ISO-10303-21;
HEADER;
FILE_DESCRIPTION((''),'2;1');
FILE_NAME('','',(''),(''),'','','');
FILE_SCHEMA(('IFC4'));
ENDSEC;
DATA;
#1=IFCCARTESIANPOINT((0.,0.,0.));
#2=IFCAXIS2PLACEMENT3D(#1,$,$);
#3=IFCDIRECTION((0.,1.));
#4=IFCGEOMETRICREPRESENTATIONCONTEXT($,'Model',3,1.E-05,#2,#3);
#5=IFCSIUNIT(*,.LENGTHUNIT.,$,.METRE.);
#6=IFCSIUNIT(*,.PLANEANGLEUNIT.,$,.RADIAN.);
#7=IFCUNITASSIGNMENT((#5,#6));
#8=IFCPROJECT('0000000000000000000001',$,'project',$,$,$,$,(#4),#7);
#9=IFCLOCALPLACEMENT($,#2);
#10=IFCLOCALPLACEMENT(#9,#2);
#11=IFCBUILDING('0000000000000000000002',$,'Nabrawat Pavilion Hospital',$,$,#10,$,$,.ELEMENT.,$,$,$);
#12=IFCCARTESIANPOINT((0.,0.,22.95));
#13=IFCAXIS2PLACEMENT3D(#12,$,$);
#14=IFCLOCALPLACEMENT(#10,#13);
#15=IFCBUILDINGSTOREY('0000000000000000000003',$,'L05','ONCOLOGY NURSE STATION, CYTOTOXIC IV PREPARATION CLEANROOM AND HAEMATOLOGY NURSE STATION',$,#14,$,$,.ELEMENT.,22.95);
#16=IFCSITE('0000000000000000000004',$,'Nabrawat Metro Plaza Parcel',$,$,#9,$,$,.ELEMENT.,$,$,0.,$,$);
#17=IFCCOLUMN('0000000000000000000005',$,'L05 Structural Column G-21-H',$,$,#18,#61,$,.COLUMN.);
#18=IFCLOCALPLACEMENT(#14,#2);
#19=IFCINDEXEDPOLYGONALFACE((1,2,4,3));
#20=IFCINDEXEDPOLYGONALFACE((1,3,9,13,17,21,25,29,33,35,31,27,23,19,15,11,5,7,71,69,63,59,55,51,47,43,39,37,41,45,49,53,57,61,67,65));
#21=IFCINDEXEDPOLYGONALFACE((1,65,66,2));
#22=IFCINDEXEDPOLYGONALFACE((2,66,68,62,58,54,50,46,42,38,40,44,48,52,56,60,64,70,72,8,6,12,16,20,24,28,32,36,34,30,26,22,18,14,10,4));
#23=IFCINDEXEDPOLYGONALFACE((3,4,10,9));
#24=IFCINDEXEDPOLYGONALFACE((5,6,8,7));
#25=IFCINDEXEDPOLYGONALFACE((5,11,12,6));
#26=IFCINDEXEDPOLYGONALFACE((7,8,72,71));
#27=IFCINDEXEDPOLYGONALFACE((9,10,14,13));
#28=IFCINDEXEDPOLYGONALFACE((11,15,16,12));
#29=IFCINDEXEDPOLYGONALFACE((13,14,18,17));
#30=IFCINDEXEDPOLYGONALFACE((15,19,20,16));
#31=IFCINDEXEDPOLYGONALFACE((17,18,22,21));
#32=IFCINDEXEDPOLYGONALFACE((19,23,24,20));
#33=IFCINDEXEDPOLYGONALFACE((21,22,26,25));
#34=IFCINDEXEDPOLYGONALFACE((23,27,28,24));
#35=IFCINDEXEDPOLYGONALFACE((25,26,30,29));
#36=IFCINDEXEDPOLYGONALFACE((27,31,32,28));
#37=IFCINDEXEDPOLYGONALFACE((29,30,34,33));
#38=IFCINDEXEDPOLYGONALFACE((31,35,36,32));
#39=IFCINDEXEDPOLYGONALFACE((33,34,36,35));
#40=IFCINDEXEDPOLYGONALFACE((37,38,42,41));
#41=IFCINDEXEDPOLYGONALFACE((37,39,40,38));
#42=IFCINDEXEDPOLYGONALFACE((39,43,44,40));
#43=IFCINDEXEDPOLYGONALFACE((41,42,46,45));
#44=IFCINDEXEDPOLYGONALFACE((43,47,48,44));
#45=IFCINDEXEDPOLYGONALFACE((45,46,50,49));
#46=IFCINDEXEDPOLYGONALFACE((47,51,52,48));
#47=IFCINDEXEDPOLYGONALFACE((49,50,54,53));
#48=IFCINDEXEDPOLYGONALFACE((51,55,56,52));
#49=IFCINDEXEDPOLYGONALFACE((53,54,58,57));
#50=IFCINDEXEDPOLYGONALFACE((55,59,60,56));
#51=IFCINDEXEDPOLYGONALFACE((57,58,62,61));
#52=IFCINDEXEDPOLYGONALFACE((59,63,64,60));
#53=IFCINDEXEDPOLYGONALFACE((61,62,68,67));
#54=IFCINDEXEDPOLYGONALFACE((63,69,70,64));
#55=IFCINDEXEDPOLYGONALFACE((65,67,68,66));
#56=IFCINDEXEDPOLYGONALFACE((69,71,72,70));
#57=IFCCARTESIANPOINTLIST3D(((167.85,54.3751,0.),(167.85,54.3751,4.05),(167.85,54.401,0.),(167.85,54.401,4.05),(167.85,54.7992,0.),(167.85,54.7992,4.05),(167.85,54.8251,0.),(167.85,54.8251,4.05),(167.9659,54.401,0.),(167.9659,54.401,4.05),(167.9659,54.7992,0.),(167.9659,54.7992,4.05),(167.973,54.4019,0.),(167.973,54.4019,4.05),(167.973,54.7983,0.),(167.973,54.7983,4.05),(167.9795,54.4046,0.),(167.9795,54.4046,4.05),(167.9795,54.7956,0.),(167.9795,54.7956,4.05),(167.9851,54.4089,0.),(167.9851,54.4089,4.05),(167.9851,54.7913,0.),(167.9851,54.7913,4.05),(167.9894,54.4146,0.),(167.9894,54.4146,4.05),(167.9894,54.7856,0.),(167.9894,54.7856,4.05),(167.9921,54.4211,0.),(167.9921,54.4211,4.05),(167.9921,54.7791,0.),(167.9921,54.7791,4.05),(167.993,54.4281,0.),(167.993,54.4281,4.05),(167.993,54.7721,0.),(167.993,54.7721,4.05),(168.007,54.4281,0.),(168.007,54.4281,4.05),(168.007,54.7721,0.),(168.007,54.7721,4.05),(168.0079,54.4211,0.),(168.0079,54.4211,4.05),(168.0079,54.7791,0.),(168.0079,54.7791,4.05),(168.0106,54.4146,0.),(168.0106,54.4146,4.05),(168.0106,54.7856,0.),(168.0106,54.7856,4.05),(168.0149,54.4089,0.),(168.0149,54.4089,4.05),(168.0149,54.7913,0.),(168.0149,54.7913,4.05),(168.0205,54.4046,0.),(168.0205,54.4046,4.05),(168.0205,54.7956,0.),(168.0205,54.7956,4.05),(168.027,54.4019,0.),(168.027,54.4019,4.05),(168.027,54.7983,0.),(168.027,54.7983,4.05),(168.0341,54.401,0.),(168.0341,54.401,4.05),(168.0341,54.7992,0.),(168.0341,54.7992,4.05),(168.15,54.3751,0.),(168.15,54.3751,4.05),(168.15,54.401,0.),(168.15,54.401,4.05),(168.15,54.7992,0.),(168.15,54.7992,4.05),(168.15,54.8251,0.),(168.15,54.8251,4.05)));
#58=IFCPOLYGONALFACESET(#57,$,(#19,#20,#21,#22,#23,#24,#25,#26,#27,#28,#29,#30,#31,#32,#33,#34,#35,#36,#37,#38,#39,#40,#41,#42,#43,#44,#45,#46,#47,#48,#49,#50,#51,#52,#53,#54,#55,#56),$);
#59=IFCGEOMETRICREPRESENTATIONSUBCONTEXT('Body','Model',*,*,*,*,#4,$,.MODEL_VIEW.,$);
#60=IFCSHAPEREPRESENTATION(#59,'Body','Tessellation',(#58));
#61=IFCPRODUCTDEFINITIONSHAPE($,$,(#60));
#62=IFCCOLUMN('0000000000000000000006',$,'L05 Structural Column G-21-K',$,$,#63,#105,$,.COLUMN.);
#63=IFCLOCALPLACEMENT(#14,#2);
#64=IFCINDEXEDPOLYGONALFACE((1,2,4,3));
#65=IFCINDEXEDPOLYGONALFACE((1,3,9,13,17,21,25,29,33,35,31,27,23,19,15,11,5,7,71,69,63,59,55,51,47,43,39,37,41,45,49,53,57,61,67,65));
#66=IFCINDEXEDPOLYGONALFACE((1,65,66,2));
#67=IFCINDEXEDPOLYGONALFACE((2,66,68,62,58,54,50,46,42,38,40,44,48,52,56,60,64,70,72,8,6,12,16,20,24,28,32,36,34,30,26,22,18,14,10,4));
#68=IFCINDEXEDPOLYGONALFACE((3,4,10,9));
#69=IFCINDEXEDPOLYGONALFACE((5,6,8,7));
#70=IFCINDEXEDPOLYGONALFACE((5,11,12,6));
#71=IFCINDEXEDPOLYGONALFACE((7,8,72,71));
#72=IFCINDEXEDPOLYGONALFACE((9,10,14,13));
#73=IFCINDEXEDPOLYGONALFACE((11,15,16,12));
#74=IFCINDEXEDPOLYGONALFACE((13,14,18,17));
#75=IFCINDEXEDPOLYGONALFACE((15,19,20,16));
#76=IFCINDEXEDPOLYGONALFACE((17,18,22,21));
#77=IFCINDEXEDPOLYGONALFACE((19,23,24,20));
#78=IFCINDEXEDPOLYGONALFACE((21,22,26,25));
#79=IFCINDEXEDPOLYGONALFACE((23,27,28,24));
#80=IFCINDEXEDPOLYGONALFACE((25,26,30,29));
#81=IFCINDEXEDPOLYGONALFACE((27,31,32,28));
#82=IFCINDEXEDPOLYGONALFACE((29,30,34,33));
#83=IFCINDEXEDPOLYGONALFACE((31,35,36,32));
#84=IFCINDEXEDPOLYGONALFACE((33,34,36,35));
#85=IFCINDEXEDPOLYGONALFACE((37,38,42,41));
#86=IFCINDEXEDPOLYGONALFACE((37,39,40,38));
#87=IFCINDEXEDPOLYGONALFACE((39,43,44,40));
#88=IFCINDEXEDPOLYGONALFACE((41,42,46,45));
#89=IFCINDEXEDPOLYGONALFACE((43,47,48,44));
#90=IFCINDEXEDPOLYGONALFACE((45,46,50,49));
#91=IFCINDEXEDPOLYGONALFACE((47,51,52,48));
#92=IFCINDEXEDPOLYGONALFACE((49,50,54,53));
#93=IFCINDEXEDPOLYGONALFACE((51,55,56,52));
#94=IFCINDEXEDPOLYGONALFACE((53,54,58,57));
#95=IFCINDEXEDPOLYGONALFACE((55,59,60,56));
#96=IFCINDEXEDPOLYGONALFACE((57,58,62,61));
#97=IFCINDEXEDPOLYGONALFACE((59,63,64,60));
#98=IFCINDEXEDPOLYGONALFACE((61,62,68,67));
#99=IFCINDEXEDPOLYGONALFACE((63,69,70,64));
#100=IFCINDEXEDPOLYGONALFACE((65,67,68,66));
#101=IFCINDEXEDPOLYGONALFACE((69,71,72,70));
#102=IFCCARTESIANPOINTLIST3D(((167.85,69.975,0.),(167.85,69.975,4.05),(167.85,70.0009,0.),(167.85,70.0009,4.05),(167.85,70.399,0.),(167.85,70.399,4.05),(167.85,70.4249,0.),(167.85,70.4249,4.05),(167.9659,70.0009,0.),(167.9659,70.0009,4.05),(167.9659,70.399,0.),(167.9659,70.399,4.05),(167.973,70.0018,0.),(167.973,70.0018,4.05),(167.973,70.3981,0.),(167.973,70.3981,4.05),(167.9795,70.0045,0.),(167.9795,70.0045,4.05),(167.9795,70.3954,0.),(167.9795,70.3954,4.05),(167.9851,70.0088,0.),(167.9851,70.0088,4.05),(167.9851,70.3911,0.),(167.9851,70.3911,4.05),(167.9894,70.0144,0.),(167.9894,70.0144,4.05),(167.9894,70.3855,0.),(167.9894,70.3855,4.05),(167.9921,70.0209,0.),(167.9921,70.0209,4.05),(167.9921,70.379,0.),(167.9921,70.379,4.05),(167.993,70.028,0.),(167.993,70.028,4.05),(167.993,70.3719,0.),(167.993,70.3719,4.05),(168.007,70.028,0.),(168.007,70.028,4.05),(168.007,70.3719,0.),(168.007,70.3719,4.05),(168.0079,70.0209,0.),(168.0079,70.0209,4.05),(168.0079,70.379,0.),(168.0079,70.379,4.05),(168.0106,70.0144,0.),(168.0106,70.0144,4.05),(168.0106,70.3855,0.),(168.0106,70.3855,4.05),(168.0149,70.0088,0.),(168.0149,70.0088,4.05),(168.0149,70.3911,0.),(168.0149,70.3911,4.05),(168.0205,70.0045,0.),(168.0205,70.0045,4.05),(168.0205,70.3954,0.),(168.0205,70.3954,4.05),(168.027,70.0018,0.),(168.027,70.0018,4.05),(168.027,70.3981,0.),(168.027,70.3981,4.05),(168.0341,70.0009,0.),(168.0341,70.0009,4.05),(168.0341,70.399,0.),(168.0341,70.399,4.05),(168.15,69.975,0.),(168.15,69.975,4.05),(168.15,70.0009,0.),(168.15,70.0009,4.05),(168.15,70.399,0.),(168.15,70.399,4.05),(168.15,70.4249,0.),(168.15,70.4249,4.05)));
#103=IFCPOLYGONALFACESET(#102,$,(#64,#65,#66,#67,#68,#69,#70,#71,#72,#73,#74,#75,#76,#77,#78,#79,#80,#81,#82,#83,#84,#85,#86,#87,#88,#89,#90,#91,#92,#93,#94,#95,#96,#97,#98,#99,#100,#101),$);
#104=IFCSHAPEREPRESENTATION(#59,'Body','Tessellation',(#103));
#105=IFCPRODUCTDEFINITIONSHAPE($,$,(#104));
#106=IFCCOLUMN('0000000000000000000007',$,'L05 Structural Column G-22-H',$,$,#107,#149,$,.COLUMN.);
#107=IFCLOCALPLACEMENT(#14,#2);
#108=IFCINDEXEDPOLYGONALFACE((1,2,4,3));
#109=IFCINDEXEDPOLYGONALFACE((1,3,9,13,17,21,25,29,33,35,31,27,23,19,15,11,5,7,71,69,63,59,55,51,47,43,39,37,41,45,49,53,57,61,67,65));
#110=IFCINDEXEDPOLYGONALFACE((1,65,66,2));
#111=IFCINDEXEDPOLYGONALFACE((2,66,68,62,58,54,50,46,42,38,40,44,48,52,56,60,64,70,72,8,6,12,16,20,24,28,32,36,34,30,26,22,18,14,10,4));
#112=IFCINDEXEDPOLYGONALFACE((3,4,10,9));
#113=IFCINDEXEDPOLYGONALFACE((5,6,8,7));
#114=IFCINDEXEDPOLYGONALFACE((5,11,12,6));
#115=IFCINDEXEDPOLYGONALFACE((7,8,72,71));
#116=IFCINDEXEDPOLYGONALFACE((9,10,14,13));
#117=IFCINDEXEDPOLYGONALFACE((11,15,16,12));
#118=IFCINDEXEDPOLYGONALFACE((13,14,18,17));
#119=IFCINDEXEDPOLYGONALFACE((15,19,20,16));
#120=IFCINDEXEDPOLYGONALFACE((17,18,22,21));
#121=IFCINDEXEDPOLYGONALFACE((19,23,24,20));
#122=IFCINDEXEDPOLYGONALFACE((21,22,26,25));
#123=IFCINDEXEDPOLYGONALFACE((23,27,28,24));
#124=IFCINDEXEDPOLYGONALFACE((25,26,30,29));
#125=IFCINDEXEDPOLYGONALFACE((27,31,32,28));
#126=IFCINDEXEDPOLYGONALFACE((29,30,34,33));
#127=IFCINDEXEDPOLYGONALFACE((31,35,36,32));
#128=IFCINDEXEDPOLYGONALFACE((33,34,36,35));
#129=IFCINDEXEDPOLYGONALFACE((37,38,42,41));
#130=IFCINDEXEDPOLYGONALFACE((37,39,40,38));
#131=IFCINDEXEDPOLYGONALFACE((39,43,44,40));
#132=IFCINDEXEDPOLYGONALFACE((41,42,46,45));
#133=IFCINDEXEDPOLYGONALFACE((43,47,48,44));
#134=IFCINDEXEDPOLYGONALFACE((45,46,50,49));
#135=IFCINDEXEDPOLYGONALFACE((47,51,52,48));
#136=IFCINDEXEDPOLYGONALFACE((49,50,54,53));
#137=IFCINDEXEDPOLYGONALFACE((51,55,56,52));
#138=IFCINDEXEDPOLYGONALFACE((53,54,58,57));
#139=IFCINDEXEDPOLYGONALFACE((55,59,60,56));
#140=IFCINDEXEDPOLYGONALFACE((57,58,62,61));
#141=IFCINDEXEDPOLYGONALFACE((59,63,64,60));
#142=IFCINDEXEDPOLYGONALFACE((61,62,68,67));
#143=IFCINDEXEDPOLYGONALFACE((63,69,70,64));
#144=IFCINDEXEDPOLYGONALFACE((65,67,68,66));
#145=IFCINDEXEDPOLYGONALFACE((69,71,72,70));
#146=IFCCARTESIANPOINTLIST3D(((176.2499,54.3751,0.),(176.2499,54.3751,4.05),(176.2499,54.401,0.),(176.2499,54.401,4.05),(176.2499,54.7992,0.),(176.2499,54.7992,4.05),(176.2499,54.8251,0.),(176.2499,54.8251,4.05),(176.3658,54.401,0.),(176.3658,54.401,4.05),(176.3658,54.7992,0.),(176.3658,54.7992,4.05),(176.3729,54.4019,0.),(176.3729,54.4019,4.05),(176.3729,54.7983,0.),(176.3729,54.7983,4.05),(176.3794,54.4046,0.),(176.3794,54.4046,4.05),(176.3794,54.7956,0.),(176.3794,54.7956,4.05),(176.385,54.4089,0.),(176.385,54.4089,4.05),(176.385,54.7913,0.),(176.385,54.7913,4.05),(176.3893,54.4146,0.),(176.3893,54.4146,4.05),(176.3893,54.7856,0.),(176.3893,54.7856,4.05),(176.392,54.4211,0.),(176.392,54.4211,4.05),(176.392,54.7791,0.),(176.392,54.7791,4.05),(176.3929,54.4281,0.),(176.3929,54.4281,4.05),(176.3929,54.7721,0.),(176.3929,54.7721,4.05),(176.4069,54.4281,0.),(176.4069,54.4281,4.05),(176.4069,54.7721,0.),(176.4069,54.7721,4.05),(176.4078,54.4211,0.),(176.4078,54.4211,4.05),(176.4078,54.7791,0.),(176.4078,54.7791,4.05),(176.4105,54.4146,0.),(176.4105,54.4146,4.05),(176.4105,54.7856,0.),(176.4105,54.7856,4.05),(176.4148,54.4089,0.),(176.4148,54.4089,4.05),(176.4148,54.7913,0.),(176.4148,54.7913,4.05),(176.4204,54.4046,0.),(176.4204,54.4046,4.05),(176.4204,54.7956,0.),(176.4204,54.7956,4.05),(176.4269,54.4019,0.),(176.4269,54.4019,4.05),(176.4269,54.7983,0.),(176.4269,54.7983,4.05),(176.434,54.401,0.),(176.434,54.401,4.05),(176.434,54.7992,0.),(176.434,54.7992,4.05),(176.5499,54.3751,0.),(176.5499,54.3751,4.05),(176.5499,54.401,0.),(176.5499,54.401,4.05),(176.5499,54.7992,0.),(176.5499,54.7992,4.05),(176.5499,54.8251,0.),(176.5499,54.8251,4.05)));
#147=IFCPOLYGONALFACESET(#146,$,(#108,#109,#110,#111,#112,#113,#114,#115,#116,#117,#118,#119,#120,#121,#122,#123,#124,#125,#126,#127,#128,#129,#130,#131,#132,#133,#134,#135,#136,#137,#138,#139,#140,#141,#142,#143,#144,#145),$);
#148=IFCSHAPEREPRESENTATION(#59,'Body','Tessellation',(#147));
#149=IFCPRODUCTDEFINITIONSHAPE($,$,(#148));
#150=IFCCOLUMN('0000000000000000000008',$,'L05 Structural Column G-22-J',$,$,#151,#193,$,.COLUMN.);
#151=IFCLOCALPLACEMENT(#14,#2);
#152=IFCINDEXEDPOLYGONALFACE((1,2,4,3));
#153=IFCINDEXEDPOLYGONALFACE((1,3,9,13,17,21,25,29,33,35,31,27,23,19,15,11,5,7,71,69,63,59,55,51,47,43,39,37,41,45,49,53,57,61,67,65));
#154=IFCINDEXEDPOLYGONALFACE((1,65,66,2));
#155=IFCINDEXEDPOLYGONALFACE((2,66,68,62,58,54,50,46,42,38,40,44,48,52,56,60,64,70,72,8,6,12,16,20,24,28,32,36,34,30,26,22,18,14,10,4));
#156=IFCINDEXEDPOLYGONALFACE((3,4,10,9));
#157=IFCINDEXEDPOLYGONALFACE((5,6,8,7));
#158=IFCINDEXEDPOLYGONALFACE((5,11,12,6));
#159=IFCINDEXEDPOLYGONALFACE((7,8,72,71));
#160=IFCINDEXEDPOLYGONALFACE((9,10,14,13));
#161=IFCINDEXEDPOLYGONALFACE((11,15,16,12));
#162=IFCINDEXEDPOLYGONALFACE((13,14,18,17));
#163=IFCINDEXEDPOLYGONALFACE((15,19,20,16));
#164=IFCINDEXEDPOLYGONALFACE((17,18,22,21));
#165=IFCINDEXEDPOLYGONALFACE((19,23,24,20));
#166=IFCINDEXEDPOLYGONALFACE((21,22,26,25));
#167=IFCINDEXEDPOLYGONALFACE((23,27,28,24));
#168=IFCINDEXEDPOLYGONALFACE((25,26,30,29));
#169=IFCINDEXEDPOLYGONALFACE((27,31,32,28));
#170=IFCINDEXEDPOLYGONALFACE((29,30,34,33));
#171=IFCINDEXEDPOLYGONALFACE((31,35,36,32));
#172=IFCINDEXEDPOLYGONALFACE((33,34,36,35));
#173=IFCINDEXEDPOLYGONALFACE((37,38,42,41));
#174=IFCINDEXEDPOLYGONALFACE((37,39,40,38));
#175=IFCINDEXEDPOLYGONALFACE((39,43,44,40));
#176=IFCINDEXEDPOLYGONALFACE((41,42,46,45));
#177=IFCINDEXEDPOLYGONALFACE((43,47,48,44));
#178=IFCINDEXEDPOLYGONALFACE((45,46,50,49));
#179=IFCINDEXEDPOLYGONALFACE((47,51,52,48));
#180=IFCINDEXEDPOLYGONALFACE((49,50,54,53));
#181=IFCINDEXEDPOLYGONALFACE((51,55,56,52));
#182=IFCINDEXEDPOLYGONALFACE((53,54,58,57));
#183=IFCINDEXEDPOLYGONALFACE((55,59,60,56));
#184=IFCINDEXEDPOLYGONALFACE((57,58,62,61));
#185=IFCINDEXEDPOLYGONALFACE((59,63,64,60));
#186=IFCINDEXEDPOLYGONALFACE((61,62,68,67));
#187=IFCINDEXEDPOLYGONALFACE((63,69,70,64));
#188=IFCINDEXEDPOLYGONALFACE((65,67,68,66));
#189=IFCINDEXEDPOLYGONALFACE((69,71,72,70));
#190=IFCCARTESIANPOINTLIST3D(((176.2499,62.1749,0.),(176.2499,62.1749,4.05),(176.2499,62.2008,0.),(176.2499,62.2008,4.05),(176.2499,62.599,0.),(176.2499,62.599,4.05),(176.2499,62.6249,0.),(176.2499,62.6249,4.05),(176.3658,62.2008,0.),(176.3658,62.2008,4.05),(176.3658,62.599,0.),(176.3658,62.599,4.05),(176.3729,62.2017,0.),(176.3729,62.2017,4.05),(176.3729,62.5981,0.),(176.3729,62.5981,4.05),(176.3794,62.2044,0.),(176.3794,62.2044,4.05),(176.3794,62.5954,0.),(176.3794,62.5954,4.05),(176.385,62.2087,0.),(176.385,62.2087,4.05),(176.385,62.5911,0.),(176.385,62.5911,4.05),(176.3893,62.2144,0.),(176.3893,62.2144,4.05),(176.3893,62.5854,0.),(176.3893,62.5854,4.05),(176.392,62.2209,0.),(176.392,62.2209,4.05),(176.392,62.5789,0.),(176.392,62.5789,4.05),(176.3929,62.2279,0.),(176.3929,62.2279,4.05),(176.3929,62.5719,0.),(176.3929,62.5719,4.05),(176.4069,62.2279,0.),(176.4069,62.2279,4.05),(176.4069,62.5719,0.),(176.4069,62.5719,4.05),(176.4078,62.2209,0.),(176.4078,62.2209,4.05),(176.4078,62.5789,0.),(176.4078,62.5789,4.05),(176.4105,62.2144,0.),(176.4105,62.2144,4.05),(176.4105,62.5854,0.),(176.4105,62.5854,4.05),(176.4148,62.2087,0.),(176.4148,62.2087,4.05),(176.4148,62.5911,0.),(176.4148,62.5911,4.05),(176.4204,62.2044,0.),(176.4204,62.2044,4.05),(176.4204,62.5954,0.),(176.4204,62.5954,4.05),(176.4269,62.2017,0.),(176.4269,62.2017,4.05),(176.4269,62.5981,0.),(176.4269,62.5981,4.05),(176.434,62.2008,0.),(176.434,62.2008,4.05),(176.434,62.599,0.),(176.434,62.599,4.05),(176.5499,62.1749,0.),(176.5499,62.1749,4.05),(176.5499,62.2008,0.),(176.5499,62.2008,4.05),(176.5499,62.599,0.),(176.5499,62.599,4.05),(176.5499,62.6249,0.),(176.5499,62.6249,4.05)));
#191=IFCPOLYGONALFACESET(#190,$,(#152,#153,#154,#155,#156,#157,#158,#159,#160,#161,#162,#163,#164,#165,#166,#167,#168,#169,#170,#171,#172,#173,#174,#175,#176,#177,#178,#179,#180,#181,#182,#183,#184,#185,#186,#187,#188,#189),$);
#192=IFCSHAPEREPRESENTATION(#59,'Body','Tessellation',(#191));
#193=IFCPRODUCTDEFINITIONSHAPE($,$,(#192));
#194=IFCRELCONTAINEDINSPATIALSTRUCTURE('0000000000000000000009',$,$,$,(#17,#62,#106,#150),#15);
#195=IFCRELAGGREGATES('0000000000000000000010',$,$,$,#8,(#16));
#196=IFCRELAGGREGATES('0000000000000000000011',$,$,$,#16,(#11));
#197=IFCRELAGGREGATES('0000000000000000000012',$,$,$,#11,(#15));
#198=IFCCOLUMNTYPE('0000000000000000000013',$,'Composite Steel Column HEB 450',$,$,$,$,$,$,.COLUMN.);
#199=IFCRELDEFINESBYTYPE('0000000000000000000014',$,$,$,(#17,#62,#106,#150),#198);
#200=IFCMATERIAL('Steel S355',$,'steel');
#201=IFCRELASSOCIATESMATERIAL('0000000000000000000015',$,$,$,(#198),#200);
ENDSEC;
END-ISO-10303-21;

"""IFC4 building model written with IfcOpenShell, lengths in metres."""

from ifc_helpers import new_model, si_unit, direction, frame, origin, origin_2d, place, context, subcontext, project, spatial, i_section, extrude, material, material_profile, profile_set, type_object, element, save


model = new_model("IFC4")

# Units and contexts
model_context = context("Model", 3, precision=1e-05, world=origin(), true_north=direction((0.0, 1.0)))
body_context = subcontext(model_context, "Body", "Model", "MODEL_VIEW")
ifc_project = project(units=[si_unit("LENGTHUNIT", "METRE"), si_unit("PLANEANGLEUNIT", "RADIAN")], contexts=[model_context])

# Site, building, storey
site_placement = place(None, origin())
site = spatial("IfcSite", under=ifc_project, at=site_placement, Name="Nabrawat Metro Plaza Parcel", CompositionType="ELEMENT", RefElevation=0.0)
building_placement = place(site_placement, origin())
building = spatial("IfcBuilding", under=site, at=building_placement, Name="Nabrawat Pavilion Hospital", CompositionType="ELEMENT")
storey_placement = place(building_placement, frame((0.0, 0.0, 22.95)))
storey = spatial("IfcBuildingStorey", under=building, at=storey_placement, Name="L05", Description="ONCOLOGY NURSE STATION, CYTOTOXIC IV PREPARATION CLEANROOM AND HAEMATOLOGY NURSE STATION", CompositionType="ELEMENT", Elevation=22.95)

# Columns
ifc_material_1 = material(Name="Steel S355", Category="steel")
ifc_material_profile_1 = material_profile(ifc_material_1, i_section(OverallWidth=0.3, OverallDepth=0.45, WebThickness=0.0139, FlangeThickness=0.0259, FilletRadius=0.0271, at=origin_2d()), Name="HEB 450")
ifc_profile_set_1 = profile_set([ifc_material_profile_1], Name="Steel S355")
column_type = type_object("IfcColumnType", Name="Composite Steel Column HEB 450", PredefinedType="COLUMN", material=ifc_profile_set_1)
for number, where, z_axis, x_axis, name in (
    (1, (168.0, 54.6001, 0.0), (0.0, 0.0, 1.0), (1.0, 0.0, 0.0), "L05 Structural Column G-21-H"),
    (2, (168.0, 70.2, 0.0), (0.0, 0.0, 1.0), (1.0, 0.0, 0.0), "L05 Structural Column G-21-K"),
    (3, (176.3999, 54.6001, 0.0), (0.0, 0.0, 1.0), (1.0, 0.0, 0.0), "L05 Structural Column G-22-H"),
    (4, (176.3999, 62.3999, 0.0), (0.0, 0.0, 1.0), (1.0, 0.0, 0.0), "L05 Structural Column G-22-J"),
):
    element("IfcColumn", number, at=place(storey_placement, frame(where, z_axis=z_axis, x_axis=x_axis)), inside=storey, type_object=column_type, Name=name, PredefinedType="COLUMN", context=body_context, shape_type="SweptSolid", body=[
        extrude(i_section(OverallWidth=0.3, OverallDepth=0.45, WebThickness=0.0139, FlangeThickness=0.0259, FilletRadius=0.0271, at=origin_2d()), origin(), (0.0, 0.0, 1.0), 4.05),
    ])

save(model, "model.ifc")
